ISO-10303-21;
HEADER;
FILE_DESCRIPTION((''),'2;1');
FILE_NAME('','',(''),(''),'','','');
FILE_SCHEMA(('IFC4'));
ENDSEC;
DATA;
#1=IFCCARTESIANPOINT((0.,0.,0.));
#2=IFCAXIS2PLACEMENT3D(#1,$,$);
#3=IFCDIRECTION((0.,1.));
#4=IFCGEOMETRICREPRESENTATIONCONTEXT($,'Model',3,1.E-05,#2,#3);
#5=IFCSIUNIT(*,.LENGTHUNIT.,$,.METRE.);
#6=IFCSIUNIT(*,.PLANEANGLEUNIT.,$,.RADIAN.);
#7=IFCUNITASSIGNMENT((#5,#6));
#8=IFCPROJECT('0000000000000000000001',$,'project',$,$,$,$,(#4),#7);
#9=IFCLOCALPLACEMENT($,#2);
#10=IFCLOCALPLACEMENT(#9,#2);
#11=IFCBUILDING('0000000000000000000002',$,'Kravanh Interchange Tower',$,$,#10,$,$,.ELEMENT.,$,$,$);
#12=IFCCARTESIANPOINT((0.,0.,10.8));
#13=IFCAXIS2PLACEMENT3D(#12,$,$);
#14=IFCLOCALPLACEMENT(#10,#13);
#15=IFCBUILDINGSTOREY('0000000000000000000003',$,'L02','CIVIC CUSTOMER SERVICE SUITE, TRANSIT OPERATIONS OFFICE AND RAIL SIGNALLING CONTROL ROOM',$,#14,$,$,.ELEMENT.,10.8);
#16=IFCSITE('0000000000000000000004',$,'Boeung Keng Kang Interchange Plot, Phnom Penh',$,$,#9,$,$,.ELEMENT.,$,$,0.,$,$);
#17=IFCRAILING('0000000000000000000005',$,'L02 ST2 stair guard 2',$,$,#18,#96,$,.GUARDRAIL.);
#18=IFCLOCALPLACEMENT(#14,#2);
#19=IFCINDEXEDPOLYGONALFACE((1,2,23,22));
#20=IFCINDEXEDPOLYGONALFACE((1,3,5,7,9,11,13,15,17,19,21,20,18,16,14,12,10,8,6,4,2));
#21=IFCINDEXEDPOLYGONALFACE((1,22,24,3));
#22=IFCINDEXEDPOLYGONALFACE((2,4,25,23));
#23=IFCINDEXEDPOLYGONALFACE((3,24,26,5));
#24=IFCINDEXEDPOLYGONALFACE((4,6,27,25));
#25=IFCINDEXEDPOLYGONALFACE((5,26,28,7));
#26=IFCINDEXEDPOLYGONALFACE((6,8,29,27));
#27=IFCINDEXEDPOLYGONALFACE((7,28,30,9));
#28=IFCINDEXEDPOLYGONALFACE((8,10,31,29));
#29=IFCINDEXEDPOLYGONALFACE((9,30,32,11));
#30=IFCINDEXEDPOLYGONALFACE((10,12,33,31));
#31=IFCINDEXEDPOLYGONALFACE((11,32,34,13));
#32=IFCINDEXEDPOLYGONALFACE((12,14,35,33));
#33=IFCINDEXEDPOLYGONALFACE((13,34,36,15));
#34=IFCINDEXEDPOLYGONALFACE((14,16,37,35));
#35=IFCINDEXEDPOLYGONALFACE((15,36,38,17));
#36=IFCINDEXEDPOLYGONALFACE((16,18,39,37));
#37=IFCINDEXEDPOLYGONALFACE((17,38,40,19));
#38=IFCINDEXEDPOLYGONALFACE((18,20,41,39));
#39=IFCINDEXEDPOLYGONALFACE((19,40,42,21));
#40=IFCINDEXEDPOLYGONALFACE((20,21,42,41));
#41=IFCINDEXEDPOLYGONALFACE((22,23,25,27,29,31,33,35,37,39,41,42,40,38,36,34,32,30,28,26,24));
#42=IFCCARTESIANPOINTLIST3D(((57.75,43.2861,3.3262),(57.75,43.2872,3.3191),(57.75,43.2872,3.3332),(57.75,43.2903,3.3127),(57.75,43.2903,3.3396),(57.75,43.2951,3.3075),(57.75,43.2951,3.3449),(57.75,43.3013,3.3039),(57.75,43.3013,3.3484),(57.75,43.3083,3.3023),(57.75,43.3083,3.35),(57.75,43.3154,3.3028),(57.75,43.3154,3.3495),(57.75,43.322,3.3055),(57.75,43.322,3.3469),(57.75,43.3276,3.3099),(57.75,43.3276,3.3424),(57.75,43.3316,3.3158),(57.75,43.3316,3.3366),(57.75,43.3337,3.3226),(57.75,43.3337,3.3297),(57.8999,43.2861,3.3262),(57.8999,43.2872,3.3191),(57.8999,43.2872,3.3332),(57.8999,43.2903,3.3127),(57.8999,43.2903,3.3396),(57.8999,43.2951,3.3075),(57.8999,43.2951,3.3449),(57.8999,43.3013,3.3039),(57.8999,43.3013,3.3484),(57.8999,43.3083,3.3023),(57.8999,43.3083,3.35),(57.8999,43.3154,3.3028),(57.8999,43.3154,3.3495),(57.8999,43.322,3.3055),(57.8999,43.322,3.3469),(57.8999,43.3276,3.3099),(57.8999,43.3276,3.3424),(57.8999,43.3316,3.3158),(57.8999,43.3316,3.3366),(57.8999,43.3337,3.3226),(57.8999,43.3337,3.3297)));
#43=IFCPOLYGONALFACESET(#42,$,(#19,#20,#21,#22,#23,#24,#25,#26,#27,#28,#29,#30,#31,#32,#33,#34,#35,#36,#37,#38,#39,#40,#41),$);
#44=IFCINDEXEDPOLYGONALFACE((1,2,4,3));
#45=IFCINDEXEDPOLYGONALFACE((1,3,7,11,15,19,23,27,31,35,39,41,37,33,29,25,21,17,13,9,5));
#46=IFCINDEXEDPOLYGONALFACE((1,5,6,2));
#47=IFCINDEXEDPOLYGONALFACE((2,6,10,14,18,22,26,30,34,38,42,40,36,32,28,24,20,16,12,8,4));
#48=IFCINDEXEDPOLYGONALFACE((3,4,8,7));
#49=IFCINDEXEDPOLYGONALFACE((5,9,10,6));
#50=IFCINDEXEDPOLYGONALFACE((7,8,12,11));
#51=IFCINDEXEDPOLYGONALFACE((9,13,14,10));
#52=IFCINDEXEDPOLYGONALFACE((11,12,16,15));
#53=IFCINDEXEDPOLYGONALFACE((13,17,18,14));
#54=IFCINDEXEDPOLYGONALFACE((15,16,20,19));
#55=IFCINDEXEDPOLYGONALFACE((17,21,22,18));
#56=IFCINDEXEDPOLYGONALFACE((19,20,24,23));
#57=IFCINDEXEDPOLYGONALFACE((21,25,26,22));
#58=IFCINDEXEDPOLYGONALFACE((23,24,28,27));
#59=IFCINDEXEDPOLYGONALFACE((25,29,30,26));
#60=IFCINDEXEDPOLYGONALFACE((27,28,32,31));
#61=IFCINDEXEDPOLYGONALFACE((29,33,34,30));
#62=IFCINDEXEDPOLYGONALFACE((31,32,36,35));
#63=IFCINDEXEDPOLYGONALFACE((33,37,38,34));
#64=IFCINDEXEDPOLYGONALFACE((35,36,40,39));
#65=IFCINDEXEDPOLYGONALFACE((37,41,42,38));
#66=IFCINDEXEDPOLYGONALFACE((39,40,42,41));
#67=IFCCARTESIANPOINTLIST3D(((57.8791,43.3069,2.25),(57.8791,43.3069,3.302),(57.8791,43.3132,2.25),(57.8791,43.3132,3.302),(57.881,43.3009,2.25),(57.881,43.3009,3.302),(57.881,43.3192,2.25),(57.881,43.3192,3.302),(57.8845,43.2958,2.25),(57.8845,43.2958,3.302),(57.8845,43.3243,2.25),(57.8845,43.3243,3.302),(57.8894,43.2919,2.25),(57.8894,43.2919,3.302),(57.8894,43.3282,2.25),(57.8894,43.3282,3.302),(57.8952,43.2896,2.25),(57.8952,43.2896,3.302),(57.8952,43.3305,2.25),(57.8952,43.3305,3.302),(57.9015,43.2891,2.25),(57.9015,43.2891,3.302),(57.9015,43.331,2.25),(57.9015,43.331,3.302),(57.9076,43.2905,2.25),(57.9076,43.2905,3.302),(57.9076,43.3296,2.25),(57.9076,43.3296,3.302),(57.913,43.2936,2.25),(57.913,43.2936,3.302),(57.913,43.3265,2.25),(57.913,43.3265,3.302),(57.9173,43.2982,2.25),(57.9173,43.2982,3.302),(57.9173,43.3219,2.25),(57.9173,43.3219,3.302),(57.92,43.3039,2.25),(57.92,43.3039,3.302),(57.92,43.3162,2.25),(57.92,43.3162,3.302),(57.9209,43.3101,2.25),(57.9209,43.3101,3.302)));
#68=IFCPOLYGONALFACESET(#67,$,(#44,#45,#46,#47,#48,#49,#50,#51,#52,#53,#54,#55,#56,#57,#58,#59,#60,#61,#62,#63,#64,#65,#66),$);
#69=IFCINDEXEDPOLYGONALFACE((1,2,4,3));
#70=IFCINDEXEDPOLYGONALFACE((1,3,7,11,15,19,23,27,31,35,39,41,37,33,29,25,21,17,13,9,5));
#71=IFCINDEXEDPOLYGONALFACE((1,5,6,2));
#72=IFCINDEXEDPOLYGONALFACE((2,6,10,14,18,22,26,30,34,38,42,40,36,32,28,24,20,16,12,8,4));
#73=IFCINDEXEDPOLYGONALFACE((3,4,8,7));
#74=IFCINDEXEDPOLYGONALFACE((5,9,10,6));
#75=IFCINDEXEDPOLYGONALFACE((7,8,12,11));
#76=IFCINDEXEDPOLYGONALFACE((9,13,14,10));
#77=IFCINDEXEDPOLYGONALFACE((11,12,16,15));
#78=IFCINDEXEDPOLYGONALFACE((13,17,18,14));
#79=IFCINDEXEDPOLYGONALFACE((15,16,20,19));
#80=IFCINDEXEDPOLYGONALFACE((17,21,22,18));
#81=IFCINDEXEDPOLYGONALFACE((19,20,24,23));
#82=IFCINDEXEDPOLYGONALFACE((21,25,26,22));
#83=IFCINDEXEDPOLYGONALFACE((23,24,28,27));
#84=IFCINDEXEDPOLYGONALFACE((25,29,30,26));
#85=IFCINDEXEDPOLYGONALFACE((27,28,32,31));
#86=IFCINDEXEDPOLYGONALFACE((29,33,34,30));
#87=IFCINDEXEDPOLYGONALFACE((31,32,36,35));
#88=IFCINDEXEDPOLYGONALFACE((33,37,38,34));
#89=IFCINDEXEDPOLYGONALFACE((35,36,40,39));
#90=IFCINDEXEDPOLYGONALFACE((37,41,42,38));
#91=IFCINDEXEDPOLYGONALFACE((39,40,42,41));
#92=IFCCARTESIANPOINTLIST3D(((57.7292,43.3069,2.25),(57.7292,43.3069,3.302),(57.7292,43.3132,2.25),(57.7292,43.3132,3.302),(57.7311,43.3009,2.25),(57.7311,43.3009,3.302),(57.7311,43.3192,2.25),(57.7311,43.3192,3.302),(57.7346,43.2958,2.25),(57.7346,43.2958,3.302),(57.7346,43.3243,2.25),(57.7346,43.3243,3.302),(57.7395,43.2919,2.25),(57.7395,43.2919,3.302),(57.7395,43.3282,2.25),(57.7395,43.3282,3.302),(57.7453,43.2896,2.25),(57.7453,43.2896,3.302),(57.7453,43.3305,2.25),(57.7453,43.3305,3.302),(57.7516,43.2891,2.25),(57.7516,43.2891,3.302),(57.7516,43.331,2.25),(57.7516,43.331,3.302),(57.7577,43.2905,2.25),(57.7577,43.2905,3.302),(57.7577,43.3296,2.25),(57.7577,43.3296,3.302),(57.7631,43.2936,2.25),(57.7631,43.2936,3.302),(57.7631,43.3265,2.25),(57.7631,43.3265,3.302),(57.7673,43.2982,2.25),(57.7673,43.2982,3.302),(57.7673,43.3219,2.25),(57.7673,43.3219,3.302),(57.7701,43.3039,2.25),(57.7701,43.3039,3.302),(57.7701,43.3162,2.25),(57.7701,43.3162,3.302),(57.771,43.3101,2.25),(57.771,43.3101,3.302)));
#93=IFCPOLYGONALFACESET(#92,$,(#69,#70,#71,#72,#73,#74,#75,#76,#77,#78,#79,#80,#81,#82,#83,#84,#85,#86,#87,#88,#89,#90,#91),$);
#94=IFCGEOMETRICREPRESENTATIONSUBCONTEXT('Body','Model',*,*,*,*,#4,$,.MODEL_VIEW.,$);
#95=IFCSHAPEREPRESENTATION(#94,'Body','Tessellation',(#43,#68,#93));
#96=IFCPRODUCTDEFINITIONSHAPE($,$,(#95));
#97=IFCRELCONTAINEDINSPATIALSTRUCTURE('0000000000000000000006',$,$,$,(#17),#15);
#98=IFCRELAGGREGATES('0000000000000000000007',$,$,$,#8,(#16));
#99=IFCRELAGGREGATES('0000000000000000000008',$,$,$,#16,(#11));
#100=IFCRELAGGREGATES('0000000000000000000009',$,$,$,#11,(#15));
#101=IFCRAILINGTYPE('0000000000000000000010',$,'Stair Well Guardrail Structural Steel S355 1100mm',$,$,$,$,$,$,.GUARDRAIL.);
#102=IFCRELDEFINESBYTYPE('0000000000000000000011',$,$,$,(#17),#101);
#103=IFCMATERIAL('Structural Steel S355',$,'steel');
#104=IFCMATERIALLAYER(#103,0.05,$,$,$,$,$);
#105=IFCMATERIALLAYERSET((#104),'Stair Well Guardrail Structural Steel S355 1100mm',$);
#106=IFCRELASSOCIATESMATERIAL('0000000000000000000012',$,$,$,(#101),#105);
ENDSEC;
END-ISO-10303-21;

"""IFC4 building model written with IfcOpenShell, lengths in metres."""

from ifc_helpers import new_model, si_unit, direction, frame, origin, origin_2d, place, context, subcontext, project, spatial, circle, extrude, material, layer, layer_set, type_object, element, save


model = new_model("IFC4")

# Units and contexts
model_context = context("Model", 3, precision=1e-05, world=origin(), true_north=direction((0.0, 1.0)))
body_context = subcontext(model_context, "Body", "Model", "MODEL_VIEW")
ifc_project = project(units=[si_unit("LENGTHUNIT", "METRE"), si_unit("PLANEANGLEUNIT", "RADIAN")], contexts=[model_context])

# Site, building, storey
site_placement = place(None, origin())
site = spatial("IfcSite", under=ifc_project, at=site_placement, Name="Boeung Keng Kang Interchange Plot, Phnom Penh", CompositionType="ELEMENT", RefElevation=0.0)
building_placement = place(site_placement, origin())
building = spatial("IfcBuilding", under=site, at=building_placement, Name="Kravanh Interchange Tower", CompositionType="ELEMENT")
storey_placement = place(building_placement, frame((0.0, 0.0, 10.8)))
storey = spatial("IfcBuildingStorey", under=building, at=storey_placement, Name="L02", Description="CIVIC CUSTOMER SERVICE SUITE, TRANSIT OPERATIONS OFFICE AND RAIL SIGNALLING CONTROL ROOM", CompositionType="ELEMENT", Elevation=10.8)

# Railing
ifc_material_1 = material(Name="Structural Steel S355", Category="steel")
ifc_layer_1 = layer(ifc_material_1, 0.05)
ifc_layer_set_1 = layer_set([ifc_layer_1], Name="Stair Well Guardrail Structural Steel S355 1100mm")
railing_type_1 = type_object("IfcRailingType", Name="Stair Well Guardrail Structural Steel S355 1100mm", PredefinedType="GUARDRAIL", material=ifc_layer_set_1)
railing_1_placement = place(storey_placement, frame((57.8999, 43.3101, 2.25)))
element("IfcRailing", 1, at=railing_1_placement, inside=storey, type_object=railing_type_1, Name="L02 ST2 stair guard 2", PredefinedType="GUARDRAIL", context=body_context, shape_type="SweptSolid", body=[
    extrude(circle(Radius=0.0239, at=origin_2d()), frame((0.0, 0.0, 1.0762), z_axis=(-1.0, 0.0, 0.0), x_axis=(0.0, -1.0, 0.0)), (0.0, 0.0, 1.0), 0.1499),
    extrude(circle(Radius=0.021, at=origin_2d()), origin(), (0.0, 0.0, 1.0), 1.052),
    extrude(circle(Radius=0.021, at=origin_2d()), frame((-0.1499, 0.0, 0.0)), (0.0, 0.0, 1.0), 1.052),
])

save(model, "model.ifc")
